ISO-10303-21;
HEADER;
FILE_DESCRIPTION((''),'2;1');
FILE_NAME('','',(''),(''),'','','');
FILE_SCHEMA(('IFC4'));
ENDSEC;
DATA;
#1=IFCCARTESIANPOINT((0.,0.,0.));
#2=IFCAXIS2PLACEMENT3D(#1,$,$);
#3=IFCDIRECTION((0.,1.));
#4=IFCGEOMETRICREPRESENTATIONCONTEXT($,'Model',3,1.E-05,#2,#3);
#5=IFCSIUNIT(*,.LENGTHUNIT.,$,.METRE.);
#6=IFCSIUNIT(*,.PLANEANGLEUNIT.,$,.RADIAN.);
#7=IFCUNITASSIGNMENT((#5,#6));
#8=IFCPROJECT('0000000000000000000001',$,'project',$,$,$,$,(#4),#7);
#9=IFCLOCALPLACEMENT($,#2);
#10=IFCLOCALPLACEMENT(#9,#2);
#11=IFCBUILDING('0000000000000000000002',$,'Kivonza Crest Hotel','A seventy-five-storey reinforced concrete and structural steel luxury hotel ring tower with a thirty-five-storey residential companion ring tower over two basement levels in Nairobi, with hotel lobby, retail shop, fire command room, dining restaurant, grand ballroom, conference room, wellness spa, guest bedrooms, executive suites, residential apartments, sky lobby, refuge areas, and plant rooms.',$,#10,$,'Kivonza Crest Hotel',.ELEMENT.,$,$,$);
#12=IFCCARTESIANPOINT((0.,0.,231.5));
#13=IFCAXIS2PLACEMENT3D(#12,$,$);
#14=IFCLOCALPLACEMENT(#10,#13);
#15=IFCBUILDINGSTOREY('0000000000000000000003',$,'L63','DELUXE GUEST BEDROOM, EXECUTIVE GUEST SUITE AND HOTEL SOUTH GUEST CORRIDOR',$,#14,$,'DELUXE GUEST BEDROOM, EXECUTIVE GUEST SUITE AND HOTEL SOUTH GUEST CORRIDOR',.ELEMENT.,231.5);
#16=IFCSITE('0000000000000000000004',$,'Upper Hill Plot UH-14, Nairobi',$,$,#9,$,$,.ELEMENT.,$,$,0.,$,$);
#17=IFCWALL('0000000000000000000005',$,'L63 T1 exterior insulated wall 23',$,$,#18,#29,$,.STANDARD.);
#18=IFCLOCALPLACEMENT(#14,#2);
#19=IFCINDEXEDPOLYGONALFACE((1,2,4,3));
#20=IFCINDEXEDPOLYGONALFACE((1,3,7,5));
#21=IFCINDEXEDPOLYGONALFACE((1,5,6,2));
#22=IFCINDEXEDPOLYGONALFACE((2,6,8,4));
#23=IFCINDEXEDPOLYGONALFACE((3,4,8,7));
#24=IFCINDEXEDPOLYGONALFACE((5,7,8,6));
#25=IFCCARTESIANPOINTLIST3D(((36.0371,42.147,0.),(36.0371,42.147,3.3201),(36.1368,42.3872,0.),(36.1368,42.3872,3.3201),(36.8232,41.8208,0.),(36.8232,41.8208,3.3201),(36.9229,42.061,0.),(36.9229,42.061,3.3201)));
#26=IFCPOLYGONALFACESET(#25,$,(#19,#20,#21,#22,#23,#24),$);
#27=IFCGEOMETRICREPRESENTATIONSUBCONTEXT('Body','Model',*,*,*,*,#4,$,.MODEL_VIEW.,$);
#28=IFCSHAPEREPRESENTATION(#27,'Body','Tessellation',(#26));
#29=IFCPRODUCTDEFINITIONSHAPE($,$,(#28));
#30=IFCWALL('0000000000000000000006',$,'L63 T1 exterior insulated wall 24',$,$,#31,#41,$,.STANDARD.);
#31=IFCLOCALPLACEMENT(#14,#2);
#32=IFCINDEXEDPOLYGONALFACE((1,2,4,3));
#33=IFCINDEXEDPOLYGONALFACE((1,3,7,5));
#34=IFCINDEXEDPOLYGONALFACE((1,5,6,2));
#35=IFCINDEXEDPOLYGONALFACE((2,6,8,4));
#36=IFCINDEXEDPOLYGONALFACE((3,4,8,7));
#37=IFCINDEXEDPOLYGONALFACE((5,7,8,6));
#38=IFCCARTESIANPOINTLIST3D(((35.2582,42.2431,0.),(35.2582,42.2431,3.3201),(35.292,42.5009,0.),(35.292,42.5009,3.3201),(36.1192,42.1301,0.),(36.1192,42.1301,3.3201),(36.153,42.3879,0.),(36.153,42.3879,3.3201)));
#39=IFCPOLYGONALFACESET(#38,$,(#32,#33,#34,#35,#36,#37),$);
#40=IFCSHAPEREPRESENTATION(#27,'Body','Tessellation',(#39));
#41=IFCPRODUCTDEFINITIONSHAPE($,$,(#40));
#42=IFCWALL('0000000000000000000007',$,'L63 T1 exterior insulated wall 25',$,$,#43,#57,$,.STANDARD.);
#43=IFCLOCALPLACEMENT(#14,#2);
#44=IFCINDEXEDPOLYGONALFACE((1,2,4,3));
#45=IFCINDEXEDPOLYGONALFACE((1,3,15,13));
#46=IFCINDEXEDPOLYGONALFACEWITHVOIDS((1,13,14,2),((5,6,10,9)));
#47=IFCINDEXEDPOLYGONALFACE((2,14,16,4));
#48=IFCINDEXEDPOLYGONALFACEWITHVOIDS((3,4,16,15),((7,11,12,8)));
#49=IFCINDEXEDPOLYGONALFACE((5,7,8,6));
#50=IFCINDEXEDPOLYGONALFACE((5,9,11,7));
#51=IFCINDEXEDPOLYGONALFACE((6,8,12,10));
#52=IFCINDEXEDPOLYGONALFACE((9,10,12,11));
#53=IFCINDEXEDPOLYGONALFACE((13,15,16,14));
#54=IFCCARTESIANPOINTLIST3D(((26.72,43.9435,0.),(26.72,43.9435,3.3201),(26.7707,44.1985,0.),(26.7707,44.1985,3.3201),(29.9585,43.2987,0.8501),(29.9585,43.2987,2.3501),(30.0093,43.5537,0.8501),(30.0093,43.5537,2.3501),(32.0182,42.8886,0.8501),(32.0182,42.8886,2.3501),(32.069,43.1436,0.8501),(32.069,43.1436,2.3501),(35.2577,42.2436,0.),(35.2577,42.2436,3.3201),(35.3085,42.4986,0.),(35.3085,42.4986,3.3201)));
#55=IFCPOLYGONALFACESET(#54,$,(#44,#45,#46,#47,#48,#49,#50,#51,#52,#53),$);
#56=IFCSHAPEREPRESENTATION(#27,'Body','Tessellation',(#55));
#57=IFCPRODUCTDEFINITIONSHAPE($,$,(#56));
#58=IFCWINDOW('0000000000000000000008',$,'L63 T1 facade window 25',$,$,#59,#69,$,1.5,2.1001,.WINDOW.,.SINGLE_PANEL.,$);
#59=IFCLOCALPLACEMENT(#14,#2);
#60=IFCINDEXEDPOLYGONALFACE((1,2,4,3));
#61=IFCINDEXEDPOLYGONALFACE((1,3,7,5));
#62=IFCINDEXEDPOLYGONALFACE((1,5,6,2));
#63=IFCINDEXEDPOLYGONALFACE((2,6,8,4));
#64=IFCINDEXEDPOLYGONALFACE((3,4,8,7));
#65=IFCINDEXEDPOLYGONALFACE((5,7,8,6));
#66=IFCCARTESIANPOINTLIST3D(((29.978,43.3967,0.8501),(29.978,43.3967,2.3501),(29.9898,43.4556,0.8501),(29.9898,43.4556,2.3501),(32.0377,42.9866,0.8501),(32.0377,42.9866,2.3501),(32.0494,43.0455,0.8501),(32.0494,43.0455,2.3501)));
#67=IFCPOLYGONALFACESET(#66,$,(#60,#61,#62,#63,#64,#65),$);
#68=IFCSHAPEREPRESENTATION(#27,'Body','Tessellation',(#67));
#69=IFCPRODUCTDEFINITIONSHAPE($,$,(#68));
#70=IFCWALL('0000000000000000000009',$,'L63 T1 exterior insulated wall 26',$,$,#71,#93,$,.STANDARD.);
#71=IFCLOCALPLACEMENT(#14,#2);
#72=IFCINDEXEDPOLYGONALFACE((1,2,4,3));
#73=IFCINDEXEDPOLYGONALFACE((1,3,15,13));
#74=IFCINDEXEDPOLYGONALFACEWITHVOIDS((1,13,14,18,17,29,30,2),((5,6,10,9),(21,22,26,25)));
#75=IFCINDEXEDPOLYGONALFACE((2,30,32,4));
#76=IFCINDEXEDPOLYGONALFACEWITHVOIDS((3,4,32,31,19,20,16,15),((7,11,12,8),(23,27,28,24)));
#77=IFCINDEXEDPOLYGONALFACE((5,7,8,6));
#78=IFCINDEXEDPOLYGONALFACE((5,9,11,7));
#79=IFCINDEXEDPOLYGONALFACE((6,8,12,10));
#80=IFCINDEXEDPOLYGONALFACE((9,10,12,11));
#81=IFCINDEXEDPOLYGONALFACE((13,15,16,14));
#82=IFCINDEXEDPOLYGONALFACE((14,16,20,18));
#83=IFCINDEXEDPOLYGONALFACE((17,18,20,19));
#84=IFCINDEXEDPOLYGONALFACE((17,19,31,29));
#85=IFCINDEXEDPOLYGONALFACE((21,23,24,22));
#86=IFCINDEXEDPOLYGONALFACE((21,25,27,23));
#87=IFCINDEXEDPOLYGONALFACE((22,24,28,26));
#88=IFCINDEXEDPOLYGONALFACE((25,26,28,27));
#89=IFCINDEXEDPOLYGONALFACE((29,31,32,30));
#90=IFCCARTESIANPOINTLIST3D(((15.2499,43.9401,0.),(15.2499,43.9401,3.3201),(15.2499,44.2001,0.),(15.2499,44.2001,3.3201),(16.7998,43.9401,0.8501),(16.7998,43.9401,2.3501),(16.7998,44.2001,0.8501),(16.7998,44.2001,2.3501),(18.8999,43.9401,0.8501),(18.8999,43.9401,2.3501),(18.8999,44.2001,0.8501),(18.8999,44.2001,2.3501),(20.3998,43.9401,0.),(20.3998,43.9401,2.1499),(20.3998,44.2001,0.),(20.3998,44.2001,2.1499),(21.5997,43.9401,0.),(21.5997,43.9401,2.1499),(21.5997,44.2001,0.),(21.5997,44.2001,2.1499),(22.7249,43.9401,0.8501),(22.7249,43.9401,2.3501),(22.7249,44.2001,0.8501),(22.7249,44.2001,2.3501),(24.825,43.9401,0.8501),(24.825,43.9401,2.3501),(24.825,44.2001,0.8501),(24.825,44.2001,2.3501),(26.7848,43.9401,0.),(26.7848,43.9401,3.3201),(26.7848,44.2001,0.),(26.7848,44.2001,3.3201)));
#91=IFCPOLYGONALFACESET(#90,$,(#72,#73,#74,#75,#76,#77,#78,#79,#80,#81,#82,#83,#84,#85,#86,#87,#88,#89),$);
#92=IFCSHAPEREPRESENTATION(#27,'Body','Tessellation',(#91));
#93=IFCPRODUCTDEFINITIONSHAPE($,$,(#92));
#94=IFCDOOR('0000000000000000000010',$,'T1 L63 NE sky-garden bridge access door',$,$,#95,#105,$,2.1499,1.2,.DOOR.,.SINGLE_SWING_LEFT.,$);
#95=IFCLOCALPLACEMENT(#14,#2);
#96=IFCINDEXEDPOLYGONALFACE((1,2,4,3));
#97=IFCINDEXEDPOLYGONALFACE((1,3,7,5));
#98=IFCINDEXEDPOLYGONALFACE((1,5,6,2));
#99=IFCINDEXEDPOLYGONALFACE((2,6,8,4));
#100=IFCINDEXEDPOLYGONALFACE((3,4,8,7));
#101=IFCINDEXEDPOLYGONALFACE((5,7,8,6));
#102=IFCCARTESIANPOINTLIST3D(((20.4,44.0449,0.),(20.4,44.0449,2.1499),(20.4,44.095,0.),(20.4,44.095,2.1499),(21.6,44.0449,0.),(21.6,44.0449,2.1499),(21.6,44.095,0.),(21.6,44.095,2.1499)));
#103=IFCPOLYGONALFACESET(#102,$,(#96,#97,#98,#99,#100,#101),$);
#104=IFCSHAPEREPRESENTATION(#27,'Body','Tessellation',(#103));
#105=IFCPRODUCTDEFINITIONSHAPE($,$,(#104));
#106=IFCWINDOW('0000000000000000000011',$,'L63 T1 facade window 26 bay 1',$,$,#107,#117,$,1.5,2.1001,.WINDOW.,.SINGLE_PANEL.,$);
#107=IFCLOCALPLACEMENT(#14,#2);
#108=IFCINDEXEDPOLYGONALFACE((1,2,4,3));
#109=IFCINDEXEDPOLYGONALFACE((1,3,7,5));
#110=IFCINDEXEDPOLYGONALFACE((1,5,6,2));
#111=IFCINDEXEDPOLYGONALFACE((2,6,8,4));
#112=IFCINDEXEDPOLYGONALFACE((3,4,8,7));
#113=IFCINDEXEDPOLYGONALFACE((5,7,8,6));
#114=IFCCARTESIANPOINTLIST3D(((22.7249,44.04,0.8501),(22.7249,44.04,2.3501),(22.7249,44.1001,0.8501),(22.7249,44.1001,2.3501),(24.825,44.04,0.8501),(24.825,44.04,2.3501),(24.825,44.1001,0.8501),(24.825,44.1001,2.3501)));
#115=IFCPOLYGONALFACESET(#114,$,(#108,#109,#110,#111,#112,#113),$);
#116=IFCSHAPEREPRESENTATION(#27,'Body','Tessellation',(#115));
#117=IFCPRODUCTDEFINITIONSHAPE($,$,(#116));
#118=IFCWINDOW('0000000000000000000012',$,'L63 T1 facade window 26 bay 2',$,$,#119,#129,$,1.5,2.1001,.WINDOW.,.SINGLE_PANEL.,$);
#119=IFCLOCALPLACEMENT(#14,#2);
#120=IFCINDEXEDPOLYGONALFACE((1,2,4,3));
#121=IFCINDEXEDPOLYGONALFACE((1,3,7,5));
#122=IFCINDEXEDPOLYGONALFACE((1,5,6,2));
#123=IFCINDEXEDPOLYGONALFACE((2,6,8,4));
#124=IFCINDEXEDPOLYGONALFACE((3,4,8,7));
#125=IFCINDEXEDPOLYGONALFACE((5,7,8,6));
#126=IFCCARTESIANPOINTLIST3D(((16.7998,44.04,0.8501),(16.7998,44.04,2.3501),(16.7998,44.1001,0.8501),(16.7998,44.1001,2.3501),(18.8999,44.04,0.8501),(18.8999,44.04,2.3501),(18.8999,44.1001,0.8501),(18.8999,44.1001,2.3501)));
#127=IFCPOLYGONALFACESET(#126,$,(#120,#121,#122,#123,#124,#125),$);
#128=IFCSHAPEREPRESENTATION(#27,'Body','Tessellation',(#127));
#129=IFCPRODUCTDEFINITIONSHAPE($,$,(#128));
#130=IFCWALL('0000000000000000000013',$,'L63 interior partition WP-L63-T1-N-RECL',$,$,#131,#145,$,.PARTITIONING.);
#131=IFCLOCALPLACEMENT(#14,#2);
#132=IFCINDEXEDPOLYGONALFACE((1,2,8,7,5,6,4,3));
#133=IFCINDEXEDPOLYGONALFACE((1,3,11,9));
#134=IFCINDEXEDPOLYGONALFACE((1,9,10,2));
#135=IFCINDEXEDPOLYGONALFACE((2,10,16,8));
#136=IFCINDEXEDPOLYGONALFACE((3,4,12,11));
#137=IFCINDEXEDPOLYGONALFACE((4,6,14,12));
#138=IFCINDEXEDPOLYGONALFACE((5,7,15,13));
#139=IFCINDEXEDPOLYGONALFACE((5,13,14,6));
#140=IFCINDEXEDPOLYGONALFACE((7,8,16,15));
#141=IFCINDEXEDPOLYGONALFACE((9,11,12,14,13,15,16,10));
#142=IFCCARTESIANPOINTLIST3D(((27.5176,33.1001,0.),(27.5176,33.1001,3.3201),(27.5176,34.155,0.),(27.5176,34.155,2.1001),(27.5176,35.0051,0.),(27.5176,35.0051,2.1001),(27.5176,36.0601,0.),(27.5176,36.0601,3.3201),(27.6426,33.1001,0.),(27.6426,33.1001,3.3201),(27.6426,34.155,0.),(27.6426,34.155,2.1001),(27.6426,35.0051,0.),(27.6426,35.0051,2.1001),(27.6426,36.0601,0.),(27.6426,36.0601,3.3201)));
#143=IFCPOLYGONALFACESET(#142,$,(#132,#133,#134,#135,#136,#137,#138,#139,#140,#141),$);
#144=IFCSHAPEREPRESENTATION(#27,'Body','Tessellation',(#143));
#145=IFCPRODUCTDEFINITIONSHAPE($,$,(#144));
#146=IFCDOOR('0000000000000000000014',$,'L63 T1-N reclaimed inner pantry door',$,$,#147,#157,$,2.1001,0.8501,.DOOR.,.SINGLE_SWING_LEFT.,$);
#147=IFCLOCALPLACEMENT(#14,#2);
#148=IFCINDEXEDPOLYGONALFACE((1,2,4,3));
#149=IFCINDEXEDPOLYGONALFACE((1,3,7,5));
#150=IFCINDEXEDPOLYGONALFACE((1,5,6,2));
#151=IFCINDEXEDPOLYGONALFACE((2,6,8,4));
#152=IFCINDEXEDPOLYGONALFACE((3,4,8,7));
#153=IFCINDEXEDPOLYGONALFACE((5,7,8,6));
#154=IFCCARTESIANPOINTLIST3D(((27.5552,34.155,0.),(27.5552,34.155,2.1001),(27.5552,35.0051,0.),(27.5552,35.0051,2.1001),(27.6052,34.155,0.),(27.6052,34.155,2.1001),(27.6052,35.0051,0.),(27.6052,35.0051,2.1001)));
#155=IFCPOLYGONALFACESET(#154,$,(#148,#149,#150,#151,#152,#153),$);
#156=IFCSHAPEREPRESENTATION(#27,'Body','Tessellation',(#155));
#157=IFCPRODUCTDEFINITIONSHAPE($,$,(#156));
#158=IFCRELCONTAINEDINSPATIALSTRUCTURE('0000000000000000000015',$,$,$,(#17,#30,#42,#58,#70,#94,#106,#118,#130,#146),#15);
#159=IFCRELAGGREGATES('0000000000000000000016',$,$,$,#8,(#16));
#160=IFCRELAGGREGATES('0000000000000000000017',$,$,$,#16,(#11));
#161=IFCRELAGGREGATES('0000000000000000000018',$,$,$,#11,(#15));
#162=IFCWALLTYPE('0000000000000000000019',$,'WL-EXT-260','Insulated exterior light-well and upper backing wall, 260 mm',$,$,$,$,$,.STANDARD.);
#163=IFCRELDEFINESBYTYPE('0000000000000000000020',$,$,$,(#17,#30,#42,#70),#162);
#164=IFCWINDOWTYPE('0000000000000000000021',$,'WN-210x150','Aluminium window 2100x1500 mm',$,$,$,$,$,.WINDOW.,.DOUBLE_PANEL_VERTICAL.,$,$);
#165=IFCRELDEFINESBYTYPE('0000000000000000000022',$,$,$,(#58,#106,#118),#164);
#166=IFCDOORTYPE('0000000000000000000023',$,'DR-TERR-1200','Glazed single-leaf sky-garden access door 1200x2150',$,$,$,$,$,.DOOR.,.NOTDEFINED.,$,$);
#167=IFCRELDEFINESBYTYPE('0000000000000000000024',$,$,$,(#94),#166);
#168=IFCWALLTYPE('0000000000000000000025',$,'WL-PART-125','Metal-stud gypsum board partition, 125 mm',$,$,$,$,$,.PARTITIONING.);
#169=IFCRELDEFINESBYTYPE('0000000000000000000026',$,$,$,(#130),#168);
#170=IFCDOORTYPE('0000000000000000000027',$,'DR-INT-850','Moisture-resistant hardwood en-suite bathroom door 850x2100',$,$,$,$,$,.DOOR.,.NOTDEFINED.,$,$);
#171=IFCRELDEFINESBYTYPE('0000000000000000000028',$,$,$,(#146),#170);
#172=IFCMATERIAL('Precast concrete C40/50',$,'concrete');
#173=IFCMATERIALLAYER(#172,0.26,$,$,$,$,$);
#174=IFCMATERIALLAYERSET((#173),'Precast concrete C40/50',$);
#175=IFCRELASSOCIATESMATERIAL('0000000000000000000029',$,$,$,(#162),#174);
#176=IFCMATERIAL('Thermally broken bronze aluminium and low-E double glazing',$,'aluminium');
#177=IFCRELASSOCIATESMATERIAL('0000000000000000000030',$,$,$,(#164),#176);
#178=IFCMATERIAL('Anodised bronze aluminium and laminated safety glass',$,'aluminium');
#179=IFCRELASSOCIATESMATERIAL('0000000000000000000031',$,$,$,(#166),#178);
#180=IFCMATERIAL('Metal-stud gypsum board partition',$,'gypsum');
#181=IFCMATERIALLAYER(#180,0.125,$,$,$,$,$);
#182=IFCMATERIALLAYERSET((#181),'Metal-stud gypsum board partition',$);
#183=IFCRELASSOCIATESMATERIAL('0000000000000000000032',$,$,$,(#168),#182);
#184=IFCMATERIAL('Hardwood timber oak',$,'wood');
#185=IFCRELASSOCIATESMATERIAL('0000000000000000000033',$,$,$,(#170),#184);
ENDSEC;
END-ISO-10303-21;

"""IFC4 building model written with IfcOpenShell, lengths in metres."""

from ifc_helpers import new_model, si_unit, direction, frame, frame_2d, origin, place, context, subcontext, project, spatial, rectangle, extrude, material, layer, layer_set, type_object, element, fill, save


model = new_model("IFC4")

# Units and contexts
model_context = context("Model", 3, precision=1e-05, world=origin(), true_north=direction((0.0, 1.0)))
body_context = subcontext(model_context, "Body", "Model", "MODEL_VIEW")
ifc_project = project(units=[si_unit("LENGTHUNIT", "METRE"), si_unit("PLANEANGLEUNIT", "RADIAN")], contexts=[model_context])

# Site, building, storey
site_placement = place(None, origin())
site = spatial("IfcSite", under=ifc_project, at=site_placement, Name="Upper Hill Plot UH-14, Nairobi", CompositionType="ELEMENT", RefElevation=0.0)
building_placement = place(site_placement, origin())
building = spatial("IfcBuilding", under=site, at=building_placement, Name="Kivonza Crest Hotel", Description="A seventy-five-storey reinforced concrete and structural steel luxury hotel ring tower with a thirty-five-storey residential companion ring tower over two basement levels in Nairobi, with hotel lobby, retail shop, fire command room, dining restaurant, grand ballroom, conference room, wellness spa, guest bedrooms, executive suites, residential apartments, sky lobby, refuge areas, and plant rooms.", LongName="Kivonza Crest Hotel", CompositionType="ELEMENT")
storey_placement = place(building_placement, frame((0.0, 0.0, 231.5)))
storey = spatial("IfcBuildingStorey", under=building, at=storey_placement, Name="L63", Description="DELUXE GUEST BEDROOM, EXECUTIVE GUEST SUITE AND HOTEL SOUTH GUEST CORRIDOR", LongName="DELUXE GUEST BEDROOM, EXECUTIVE GUEST SUITE AND HOTEL SOUTH GUEST CORRIDOR", CompositionType="ELEMENT", Elevation=231.5)

# Walls
ifc_material_1 = material(Name="Precast concrete C40/50", Category="concrete")
ifc_layer_1 = layer(ifc_material_1, 0.26)
ifc_layer_set_1 = layer_set([ifc_layer_1], Name="Precast concrete C40/50")
wall_type_1 = type_object("IfcWallType", Name="WL-EXT-260", Description="Insulated exterior light-well and upper backing wall, 260 mm", PredefinedType="STANDARD", material=ifc_layer_set_1)
wall_1_placement = place(storey_placement, frame((36.873, 41.9409, 0.0), z_axis=(0.0, 0.0, 1.0), x_axis=(-0.923653, 0.38323, 0.0)))
element("IfcWall", 1, at=wall_1_placement, inside=storey, type_object=wall_type_1, Name="L63 T1 exterior insulated wall 23", PredefinedType="STANDARD", context=body_context, shape_type="SweptSolid", body=[
    extrude(rectangle(XDim=0.8511, YDim=0.26, at=frame_2d((0.4255, 0.0))), origin(), (0.0, 0.0, 1.0), 3.3201),
])
wall_2_placement = place(storey_placement, frame((36.136, 42.259, 0.0), z_axis=(0.0, 0.0, 1.0), x_axis=(-0.991493, 0.130156, 0.0)))
element("IfcWall", 2, at=wall_2_placement, inside=storey, type_object=wall_type_1, Name="L63 T1 exterior insulated wall 24", PredefinedType="STANDARD", context=body_context, shape_type="SweptSolid", body=[
    extrude(rectangle(XDim=0.8684, YDim=0.26, at=frame_2d((0.4341, 0.0))), origin(), (0.0, 0.0, 1.0), 3.3201),
])

# Wall, opening, window
wall_3_placement = place(storey_placement, frame((35.283, 42.3711, 0.0), z_axis=(0.0, 0.0, 1.0), x_axis=(-0.980749, 0.195275, 0.0)))
wall_3 = element("IfcWall", 3, at=wall_3_placement, inside=storey, type_object=wall_type_1, Name="L63 T1 exterior insulated wall 25", PredefinedType="STANDARD", context=body_context, shape_type="SweptSolid", body=[
    extrude(rectangle(XDim=8.7053, YDim=0.26, at=frame_2d((4.3525, 0.0))), origin(), (0.0, 0.0, 1.0), 3.3201),
])
opening_1_placement = place(wall_3_placement, frame((3.303, 0.0, 0.8501)))
opening_1 = element("IfcOpeningElement", 4, at=opening_1_placement, cuts=wall_3, PredefinedType="OPENING", context=body_context, shape_type="SweptSolid", body=[
    extrude(rectangle(XDim=2.1001, YDim=1.5, at=frame_2d((1.05, 0.75))), frame((0.0, 0.1401, 0.0), z_axis=(0.0, -1.0, 0.0), x_axis=(1.0, 0.0, 0.0)), (0.0, 0.0, 1.0), 0.28),
])
ifc_material_2 = material(Name="Thermally broken bronze aluminium and low-E double glazing", Category="aluminium")
window_type = type_object("IfcWindowType", Name="WN-210x150", Description="Aluminium window 2100x1500 mm", PartitioningType="DOUBLE_PANEL_VERTICAL", PredefinedType="WINDOW", material=ifc_material_2)
window_1_placement = place(opening_1_placement, origin())
window_1 = element("IfcWindow", 5, at=window_1_placement, inside=storey, type_object=window_type, Name="L63 T1 facade window 25", OverallHeight=1.5, OverallWidth=2.1001, PartitioningType="SINGLE_PANEL", PredefinedType="WINDOW", context=body_context, shape_type="SweptSolid", body=[
    extrude(rectangle(XDim=2.1001, YDim=1.5, at=frame_2d((1.05, 0.75))), frame((0.0, 0.03, 0.0), z_axis=(0.0, -1.0, 0.0), x_axis=(1.0, 0.0, 0.0)), (0.0, 0.0, 1.0), 0.0601),
])
fill(opening_1, window_1)

# Wall, openings, door, windows
wall_4_placement = place(storey_placement, frame((26.7849, 44.0701, 0.0), z_axis=(0.0, 0.0, 1.0), x_axis=(-1.0, 0.0, 0.0)))
wall_4 = element("IfcWall", 6, at=wall_4_placement, inside=storey, type_object=wall_type_1, Name="L63 T1 exterior insulated wall 26", PredefinedType="STANDARD", context=body_context, shape_type="SweptSolid", body=[
    extrude(rectangle(XDim=11.5349, YDim=0.26, at=frame_2d((5.7676, 0.0))), origin(), (0.0, 0.0, 1.0), 3.3201),
])
opening_2_placement = place(wall_4_placement, frame((5.1851, 0.0, 0.0)))
opening_2 = element("IfcOpeningElement", 7, at=opening_2_placement, cuts=wall_4, PredefinedType="OPENING", context=body_context, shape_type="SweptSolid", body=[
    extrude(rectangle(XDim=1.2, YDim=2.1499, at=frame_2d((0.6001, 1.075))), frame((0.0, 0.1401, 0.0), z_axis=(0.0, -1.0, 0.0), x_axis=(1.0, 0.0, 0.0)), (0.0, 0.0, 1.0), 0.28),
])
opening_3_placement = place(wall_4_placement, frame((1.96, 0.0, 0.8501)))
opening_3 = element("IfcOpeningElement", 8, at=opening_3_placement, cuts=wall_4, PredefinedType="OPENING", context=body_context, shape_type="SweptSolid", body=[
    extrude(rectangle(XDim=2.1001, YDim=1.5, at=frame_2d((1.05, 0.75))), frame((0.0, 0.1401, 0.0), z_axis=(0.0, -1.0, 0.0), x_axis=(1.0, 0.0, 0.0)), (0.0, 0.0, 1.0), 0.28),
])
opening_4_placement = place(wall_4_placement, frame((7.885, 0.0, 0.8501)))
opening_4 = element("IfcOpeningElement", 9, at=opening_4_placement, cuts=wall_4, PredefinedType="OPENING", context=body_context, shape_type="SweptSolid", body=[
    extrude(rectangle(XDim=2.1001, YDim=1.5, at=frame_2d((1.05, 0.75))), frame((0.0, 0.1401, 0.0), z_axis=(0.0, -1.0, 0.0), x_axis=(1.0, 0.0, 0.0)), (0.0, 0.0, 1.0), 0.28),
])
ifc_material_3 = material(Name="Anodised bronze aluminium and laminated safety glass", Category="aluminium")
door_type_1 = type_object("IfcDoorType", Name="DR-TERR-1200", Description="Glazed single-leaf sky-garden access door 1200x2150", OperationType="NOTDEFINED", PredefinedType="DOOR", material=ifc_material_3)
door_1_placement = place(opening_2_placement, frame((1.2, 0.0, 0.0), z_axis=(0.0, 0.0, 1.0), x_axis=(-1.0, 0.0, 0.0)))
door_1 = element("IfcDoor", 10, at=door_1_placement, inside=storey, type_object=door_type_1, Name="T1 L63 NE sky-garden bridge access door", OperationType="SINGLE_SWING_LEFT", OverallHeight=2.1499, OverallWidth=1.2, PredefinedType="DOOR", context=body_context, shape_type="SweptSolid", body=[
    extrude(rectangle(XDim=1.2, YDim=2.1499, at=frame_2d((0.6001, 1.075))), frame((0.0, 0.0249, 0.0), z_axis=(0.0, -1.0, 0.0), x_axis=(1.0, 0.0, 0.0)), (0.0, 0.0, 1.0), 0.05),
])
fill(opening_2, door_1)
window_2_placement = place(opening_3_placement, origin())
window_2 = element("IfcWindow", 11, at=window_2_placement, inside=storey, type_object=window_type, Name="L63 T1 facade window 26 bay 1", OverallHeight=1.5, OverallWidth=2.1001, PartitioningType="SINGLE_PANEL", PredefinedType="WINDOW", context=body_context, shape_type="SweptSolid", body=[
    extrude(rectangle(XDim=2.1001, YDim=1.5, at=frame_2d((1.05, 0.75))), frame((0.0, 0.03, 0.0), z_axis=(0.0, -1.0, 0.0), x_axis=(1.0, 0.0, 0.0)), (0.0, 0.0, 1.0), 0.0601),
])
fill(opening_3, window_2)
window_3_placement = place(opening_4_placement, origin())
window_3 = element("IfcWindow", 12, at=window_3_placement, inside=storey, type_object=window_type, Name="L63 T1 facade window 26 bay 2", OverallHeight=1.5, OverallWidth=2.1001, PartitioningType="SINGLE_PANEL", PredefinedType="WINDOW", context=body_context, shape_type="SweptSolid", body=[
    extrude(rectangle(XDim=2.1001, YDim=1.5, at=frame_2d((1.05, 0.75))), frame((0.0, 0.03, 0.0), z_axis=(0.0, -1.0, 0.0), x_axis=(1.0, 0.0, 0.0)), (0.0, 0.0, 1.0), 0.0601),
])
fill(opening_4, window_3)

# Wall, opening, door
ifc_material_4 = material(Name="Metal-stud gypsum board partition", Category="gypsum")
ifc_layer_2 = layer(ifc_material_4, 0.125)
ifc_layer_set_2 = layer_set([ifc_layer_2], Name="Metal-stud gypsum board partition")
wall_type_2 = type_object("IfcWallType", Name="WL-PART-125", Description="Metal-stud gypsum board partition, 125 mm", PredefinedType="PARTITIONING", material=ifc_layer_set_2)
wall_5_placement = place(storey_placement, frame((27.5801, 33.1001, 0.0), z_axis=(0.0, 0.0, 1.0), x_axis=(0.0, 1.0, 0.0)))
wall_5 = element("IfcWall", 13, at=wall_5_placement, inside=storey, type_object=wall_type_2, Name="L63 interior partition WP-L63-T1-N-RECL", PredefinedType="PARTITIONING", context=body_context, shape_type="SweptSolid", body=[
    extrude(rectangle(XDim=2.96, YDim=0.125, at=frame_2d((1.48, 0.0))), origin(), (0.0, 0.0, 1.0), 3.3201),
])
opening_5_placement = place(wall_5_placement, frame((1.0549, 0.0, 0.0)))
opening_5 = element("IfcOpeningElement", 14, at=opening_5_placement, cuts=wall_5, PredefinedType="OPENING", context=body_context, shape_type="SweptSolid", body=[
    extrude(rectangle(XDim=0.8501, YDim=2.1001, at=frame_2d((0.425, 1.05))), frame((0.0, 0.0725, 0.0), z_axis=(0.0, -1.0, 0.0), x_axis=(1.0, 0.0, 0.0)), (0.0, 0.0, 1.0), 0.145),
])
ifc_material_5 = material(Name="Hardwood timber oak", Category="wood")
door_type_2 = type_object("IfcDoorType", Name="DR-INT-850", Description="Moisture-resistant hardwood en-suite bathroom door 850x2100", OperationType="NOTDEFINED", PredefinedType="DOOR", material=ifc_material_5)
door_2_placement = place(opening_5_placement, origin())
door_2 = element("IfcDoor", 15, at=door_2_placement, inside=storey, type_object=door_type_2, Name="L63 T1-N reclaimed inner pantry door", OperationType="SINGLE_SWING_LEFT", OverallHeight=2.1001, OverallWidth=0.8501, PredefinedType="DOOR", context=body_context, shape_type="SweptSolid", body=[
    extrude(rectangle(XDim=0.8501, YDim=2.1001, at=frame_2d((0.425, 1.05))), frame((0.0, 0.0249, 0.0), z_axis=(0.0, -1.0, 0.0), x_axis=(1.0, 0.0, 0.0)), (0.0, 0.0, 1.0), 0.05),
])
fill(opening_5, door_2)

save(model, "model.ifc")
